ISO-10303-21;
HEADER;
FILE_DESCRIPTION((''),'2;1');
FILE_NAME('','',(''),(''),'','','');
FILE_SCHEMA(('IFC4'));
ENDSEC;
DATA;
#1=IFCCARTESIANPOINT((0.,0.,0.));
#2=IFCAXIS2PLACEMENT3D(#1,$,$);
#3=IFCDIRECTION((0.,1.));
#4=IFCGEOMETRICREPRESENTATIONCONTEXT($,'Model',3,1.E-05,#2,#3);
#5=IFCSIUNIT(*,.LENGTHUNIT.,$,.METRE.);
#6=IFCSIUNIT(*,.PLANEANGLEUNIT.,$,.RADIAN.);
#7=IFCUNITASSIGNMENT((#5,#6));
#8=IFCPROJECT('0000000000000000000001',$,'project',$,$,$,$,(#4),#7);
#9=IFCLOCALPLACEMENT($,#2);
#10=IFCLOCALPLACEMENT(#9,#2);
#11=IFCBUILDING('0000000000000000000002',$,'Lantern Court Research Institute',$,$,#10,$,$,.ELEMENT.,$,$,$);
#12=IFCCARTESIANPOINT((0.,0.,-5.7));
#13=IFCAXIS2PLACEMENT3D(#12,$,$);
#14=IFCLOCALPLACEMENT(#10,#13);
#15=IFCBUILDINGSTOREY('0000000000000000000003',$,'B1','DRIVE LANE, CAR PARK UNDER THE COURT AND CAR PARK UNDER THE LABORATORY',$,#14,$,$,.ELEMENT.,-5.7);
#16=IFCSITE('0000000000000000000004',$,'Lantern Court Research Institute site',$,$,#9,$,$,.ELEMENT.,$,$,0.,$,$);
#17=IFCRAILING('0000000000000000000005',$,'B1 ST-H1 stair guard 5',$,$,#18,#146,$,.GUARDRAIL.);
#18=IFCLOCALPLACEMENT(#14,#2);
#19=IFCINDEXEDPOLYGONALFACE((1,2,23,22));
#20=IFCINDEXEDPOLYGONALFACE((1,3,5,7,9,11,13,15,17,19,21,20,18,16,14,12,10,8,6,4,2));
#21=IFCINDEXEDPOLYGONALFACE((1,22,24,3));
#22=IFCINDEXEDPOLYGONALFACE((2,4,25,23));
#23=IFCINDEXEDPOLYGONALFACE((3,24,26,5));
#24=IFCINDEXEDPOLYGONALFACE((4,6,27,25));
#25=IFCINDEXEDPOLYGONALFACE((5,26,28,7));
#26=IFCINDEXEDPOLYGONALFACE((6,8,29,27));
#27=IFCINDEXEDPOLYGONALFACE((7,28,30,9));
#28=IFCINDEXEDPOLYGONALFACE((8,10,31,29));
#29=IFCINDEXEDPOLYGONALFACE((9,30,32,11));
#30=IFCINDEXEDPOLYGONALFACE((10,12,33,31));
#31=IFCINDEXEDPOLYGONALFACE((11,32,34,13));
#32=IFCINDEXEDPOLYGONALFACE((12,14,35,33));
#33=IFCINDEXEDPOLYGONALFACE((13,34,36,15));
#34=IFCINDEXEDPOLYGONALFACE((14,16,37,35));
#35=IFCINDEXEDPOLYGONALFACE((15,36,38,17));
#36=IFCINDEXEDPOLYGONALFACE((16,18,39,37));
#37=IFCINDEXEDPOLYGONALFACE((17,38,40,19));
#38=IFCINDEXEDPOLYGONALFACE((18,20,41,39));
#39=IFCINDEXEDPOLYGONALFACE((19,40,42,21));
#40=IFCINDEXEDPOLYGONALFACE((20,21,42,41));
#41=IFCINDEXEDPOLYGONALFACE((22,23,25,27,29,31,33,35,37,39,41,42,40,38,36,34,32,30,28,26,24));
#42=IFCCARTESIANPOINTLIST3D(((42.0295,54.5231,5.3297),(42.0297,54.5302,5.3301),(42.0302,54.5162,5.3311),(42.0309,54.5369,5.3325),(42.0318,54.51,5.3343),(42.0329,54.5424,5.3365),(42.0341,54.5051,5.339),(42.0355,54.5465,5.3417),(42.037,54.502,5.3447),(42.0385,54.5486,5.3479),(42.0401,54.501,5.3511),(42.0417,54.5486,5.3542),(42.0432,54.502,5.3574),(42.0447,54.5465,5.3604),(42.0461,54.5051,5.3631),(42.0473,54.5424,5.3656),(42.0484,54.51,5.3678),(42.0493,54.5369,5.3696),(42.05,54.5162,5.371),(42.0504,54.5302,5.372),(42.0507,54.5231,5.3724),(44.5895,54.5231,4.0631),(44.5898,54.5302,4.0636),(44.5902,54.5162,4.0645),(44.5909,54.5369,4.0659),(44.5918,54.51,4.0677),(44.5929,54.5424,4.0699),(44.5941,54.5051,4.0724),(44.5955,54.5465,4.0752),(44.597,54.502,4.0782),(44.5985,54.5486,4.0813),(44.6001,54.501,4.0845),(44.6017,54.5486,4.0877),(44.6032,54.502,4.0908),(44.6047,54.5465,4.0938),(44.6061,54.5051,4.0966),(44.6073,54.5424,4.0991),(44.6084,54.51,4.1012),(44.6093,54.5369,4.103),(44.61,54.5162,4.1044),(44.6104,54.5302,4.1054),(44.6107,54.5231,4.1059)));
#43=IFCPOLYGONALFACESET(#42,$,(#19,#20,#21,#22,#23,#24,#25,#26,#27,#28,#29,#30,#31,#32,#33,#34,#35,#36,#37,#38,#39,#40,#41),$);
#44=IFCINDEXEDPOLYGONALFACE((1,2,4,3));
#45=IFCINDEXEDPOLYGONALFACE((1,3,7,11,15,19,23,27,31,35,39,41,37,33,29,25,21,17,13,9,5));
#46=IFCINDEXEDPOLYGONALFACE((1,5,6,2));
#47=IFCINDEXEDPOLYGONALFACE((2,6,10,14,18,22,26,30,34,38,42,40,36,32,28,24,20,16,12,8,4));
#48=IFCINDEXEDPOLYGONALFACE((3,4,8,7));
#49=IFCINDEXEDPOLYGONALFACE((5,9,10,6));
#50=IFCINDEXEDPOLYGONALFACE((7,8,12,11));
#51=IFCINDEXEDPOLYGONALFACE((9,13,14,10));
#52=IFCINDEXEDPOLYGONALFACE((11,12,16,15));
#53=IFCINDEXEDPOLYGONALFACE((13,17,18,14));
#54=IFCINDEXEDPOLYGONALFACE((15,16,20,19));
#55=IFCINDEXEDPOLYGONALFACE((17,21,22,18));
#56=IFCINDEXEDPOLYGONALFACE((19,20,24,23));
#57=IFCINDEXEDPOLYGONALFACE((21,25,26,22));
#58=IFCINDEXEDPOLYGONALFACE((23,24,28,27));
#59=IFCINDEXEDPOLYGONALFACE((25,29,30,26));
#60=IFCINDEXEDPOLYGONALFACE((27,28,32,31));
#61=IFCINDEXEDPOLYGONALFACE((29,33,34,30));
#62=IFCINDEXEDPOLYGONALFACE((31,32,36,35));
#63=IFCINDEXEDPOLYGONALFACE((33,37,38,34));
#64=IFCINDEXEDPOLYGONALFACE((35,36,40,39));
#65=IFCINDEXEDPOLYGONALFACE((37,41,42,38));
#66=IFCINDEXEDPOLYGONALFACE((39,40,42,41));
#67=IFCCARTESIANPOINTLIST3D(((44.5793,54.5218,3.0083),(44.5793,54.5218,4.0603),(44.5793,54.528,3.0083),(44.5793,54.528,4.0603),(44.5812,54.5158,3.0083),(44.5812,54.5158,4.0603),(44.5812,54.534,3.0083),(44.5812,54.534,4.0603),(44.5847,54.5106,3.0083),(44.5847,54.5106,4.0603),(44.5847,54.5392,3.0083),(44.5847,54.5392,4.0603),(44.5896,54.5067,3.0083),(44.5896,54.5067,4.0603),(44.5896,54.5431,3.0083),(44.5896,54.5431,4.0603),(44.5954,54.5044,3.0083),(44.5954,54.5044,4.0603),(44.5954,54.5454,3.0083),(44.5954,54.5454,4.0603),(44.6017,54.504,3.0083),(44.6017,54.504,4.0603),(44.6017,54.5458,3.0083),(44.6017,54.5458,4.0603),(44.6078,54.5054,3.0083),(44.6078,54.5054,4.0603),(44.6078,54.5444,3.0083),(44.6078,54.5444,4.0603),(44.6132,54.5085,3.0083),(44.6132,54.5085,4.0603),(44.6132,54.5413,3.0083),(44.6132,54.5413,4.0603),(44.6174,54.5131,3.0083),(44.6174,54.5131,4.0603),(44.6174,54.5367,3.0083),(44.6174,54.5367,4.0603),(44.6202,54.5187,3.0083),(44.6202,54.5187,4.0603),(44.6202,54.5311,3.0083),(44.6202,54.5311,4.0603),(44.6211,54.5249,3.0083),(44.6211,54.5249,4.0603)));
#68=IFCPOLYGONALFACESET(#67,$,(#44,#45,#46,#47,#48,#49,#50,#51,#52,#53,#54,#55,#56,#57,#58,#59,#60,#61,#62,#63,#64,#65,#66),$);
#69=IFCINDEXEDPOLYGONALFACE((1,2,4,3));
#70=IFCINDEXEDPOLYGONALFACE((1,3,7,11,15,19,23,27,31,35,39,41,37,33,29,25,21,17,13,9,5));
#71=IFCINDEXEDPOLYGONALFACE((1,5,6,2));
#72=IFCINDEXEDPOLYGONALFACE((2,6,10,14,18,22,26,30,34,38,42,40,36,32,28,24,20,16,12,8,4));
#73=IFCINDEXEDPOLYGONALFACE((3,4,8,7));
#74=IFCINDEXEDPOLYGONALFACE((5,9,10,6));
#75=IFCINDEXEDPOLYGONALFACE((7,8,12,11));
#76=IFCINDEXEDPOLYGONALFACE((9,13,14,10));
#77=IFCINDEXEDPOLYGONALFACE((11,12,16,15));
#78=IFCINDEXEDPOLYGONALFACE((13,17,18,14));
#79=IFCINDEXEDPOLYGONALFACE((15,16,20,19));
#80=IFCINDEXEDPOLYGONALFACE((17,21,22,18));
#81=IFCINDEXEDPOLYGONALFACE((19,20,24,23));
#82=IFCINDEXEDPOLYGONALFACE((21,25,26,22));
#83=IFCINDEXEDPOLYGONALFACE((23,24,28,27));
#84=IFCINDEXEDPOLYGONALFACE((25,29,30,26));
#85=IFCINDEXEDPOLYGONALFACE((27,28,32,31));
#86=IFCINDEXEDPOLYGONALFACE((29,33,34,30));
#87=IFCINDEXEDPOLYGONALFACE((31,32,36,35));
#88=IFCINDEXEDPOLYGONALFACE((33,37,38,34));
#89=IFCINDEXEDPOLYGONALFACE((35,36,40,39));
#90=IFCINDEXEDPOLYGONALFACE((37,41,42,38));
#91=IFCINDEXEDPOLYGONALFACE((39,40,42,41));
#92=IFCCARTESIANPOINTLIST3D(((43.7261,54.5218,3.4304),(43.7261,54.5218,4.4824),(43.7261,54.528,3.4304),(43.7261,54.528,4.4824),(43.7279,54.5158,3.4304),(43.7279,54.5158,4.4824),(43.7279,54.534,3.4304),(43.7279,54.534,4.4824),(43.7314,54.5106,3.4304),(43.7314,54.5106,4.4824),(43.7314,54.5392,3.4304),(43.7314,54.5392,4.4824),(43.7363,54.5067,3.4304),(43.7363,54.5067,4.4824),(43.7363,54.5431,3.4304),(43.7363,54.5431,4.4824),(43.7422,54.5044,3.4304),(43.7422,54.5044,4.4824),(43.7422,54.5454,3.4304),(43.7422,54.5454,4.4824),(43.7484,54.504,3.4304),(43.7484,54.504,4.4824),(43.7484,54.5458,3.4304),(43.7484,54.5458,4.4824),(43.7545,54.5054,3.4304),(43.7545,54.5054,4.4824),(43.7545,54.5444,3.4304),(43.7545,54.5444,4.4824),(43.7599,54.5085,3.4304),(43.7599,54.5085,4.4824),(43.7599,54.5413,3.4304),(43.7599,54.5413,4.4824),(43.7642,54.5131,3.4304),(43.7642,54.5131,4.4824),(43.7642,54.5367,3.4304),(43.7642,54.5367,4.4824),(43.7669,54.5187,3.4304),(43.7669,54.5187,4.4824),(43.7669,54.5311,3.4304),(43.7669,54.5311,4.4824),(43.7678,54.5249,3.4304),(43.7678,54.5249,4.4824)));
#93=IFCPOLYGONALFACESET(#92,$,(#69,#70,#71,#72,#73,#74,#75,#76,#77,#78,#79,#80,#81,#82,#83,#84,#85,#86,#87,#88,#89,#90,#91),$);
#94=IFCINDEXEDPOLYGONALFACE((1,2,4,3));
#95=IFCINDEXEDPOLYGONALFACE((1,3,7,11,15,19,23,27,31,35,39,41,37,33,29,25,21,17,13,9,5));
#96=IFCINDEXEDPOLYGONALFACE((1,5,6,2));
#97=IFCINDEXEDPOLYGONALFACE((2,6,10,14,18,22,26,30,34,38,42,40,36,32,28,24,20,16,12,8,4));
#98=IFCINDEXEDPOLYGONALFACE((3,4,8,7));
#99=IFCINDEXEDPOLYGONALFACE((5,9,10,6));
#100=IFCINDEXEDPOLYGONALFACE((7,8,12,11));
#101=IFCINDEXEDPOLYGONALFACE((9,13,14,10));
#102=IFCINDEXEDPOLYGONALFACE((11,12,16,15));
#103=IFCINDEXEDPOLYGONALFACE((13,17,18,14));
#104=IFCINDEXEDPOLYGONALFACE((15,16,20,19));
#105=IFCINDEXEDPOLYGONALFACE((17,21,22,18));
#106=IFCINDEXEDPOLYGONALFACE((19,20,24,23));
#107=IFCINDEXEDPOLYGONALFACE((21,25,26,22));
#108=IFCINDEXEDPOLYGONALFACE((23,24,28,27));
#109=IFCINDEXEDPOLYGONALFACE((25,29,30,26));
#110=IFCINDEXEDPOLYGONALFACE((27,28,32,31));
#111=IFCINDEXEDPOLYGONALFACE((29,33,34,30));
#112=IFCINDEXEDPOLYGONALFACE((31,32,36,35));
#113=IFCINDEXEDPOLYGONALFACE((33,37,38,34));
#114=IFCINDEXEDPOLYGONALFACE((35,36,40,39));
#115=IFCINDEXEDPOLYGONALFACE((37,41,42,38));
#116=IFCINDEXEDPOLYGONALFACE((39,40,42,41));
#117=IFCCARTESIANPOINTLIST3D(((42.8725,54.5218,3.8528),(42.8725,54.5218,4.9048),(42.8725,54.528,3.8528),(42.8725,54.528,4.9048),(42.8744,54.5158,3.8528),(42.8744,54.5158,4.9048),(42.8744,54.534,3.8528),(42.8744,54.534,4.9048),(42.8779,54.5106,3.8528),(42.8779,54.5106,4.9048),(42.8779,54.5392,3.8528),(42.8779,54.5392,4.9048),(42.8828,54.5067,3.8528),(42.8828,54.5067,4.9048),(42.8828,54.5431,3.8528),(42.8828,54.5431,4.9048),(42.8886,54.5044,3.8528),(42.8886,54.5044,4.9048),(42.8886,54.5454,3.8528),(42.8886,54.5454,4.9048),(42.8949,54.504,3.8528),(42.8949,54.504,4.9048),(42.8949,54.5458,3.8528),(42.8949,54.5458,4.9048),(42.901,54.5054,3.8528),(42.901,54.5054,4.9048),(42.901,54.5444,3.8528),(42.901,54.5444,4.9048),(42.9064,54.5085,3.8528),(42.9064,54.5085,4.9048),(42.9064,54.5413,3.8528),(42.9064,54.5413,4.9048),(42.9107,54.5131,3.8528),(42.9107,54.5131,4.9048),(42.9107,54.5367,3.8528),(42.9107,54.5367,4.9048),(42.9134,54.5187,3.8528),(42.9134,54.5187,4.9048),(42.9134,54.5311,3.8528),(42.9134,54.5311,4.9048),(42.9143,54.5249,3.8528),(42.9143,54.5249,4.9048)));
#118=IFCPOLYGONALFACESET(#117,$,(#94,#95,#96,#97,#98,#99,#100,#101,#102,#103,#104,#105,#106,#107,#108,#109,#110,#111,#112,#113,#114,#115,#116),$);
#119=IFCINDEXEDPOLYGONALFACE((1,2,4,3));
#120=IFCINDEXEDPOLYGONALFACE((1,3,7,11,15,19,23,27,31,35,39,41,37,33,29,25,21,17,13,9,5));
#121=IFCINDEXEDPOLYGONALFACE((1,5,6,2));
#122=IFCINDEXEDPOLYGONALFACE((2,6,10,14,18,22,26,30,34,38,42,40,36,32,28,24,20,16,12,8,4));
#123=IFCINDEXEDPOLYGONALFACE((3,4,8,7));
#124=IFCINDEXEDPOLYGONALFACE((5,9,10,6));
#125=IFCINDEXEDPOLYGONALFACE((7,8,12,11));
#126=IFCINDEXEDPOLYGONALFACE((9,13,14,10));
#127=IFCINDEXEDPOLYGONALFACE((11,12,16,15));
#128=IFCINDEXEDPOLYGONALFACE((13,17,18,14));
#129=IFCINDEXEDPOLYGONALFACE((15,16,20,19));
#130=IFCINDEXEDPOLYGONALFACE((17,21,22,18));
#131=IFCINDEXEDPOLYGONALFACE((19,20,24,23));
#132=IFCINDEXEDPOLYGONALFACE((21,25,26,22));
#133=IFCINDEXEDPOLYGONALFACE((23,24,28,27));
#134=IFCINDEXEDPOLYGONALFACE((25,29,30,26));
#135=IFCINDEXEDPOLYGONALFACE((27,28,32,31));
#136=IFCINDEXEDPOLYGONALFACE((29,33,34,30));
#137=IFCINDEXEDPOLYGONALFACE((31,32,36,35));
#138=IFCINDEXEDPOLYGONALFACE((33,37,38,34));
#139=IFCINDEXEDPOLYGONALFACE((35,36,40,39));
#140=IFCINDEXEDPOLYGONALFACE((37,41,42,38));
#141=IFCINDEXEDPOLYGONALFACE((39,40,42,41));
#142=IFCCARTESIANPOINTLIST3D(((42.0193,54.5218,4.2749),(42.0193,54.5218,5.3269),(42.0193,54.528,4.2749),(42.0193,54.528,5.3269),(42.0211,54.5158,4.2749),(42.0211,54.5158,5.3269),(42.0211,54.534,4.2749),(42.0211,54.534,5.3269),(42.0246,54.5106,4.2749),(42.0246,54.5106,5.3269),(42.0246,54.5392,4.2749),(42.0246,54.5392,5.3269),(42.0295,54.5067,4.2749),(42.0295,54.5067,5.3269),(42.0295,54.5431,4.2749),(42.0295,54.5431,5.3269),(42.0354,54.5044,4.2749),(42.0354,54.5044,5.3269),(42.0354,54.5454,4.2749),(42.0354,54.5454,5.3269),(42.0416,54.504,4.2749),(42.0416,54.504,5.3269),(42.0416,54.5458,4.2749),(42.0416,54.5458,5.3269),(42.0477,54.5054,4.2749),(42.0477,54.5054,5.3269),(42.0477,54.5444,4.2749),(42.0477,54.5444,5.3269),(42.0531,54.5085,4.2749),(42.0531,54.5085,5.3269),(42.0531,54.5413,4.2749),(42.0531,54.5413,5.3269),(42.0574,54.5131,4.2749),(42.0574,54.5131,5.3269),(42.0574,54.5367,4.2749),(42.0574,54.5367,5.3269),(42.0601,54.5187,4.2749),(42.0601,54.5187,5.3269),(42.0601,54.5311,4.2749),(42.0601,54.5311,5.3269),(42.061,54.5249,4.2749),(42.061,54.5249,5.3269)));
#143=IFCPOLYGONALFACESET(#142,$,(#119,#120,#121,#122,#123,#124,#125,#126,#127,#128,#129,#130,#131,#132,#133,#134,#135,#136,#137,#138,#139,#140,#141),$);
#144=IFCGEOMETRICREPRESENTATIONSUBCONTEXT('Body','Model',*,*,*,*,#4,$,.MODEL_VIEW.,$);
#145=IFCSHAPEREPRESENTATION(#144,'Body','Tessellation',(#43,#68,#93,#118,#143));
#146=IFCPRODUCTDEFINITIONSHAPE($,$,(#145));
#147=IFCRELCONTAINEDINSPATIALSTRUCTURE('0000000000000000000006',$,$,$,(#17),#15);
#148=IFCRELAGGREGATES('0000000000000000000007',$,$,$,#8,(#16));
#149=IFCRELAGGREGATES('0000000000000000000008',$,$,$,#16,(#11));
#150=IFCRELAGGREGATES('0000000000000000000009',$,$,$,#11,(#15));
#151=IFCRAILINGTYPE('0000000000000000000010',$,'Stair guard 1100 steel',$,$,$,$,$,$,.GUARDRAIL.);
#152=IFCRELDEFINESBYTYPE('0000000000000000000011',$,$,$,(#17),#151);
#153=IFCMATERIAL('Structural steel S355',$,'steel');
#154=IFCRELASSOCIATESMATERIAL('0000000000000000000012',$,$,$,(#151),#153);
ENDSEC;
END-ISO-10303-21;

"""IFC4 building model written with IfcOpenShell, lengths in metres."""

from ifc_helpers import new_model, si_unit, direction, frame, origin, origin_2d, place, context, subcontext, project, spatial, circle, extrude, material, type_object, element, save


model = new_model("IFC4")

# Units and contexts
model_context = context("Model", 3, precision=1e-05, world=origin(), true_north=direction((0.0, 1.0)))
body_context = subcontext(model_context, "Body", "Model", "MODEL_VIEW")
ifc_project = project(units=[si_unit("LENGTHUNIT", "METRE"), si_unit("PLANEANGLEUNIT", "RADIAN")], contexts=[model_context])

# Site, building, storey
site_placement = place(None, origin())
site = spatial("IfcSite", under=ifc_project, at=site_placement, Name="Lantern Court Research Institute site", CompositionType="ELEMENT", RefElevation=0.0)
building_placement = place(site_placement, origin())
building = spatial("IfcBuilding", under=site, at=building_placement, Name="Lantern Court Research Institute", CompositionType="ELEMENT")
storey_placement = place(building_placement, frame((0.0, 0.0, -5.7)))
storey = spatial("IfcBuildingStorey", under=building, at=storey_placement, Name="B1", Description="DRIVE LANE, CAR PARK UNDER THE COURT AND CAR PARK UNDER THE LABORATORY", CompositionType="ELEMENT", Elevation=-5.7)

# Railing
ifc_material_1 = material(Name="Structural steel S355", Category="steel")
railing_type_1 = type_object("IfcRailingType", Name="Stair guard 1100 steel", PredefinedType="GUARDRAIL", material=ifc_material_1)
railing_1_placement = place(storey_placement, frame((44.6001, 54.5249, 3.0083)))
element("IfcRailing", 1, at=railing_1_placement, inside=storey, type_object=railing_type_1, Name="B1 ST-H1 stair guard 5", PredefinedType="GUARDRAIL", context=body_context, shape_type="SweptSolid", body=[
    extrude(circle(Radius=0.0239, at=origin_2d()), frame((0.0, 0.0, 1.0762), z_axis=(-0.8963, 0.0, 0.443449), x_axis=(0.0, -1.0, 0.0)), (0.0, 0.0, 1.0), 2.8562),
    extrude(circle(Radius=0.021, at=origin_2d()), origin(), (0.0, 0.0, 1.0), 1.052),
    extrude(circle(Radius=0.021, at=origin_2d()), frame((-0.8533, 0.0, 0.4221)), (0.0, 0.0, 1.0), 1.052),
    extrude(circle(Radius=0.021, at=origin_2d()), frame((-1.7068, 0.0, 0.8445)), (0.0, 0.0, 1.0), 1.052),
    extrude(circle(Radius=0.021, at=origin_2d()), frame((-2.5601, 0.0, 1.2666)), (0.0, 0.0, 1.0), 1.052),
])

save(model, "model.ifc")
